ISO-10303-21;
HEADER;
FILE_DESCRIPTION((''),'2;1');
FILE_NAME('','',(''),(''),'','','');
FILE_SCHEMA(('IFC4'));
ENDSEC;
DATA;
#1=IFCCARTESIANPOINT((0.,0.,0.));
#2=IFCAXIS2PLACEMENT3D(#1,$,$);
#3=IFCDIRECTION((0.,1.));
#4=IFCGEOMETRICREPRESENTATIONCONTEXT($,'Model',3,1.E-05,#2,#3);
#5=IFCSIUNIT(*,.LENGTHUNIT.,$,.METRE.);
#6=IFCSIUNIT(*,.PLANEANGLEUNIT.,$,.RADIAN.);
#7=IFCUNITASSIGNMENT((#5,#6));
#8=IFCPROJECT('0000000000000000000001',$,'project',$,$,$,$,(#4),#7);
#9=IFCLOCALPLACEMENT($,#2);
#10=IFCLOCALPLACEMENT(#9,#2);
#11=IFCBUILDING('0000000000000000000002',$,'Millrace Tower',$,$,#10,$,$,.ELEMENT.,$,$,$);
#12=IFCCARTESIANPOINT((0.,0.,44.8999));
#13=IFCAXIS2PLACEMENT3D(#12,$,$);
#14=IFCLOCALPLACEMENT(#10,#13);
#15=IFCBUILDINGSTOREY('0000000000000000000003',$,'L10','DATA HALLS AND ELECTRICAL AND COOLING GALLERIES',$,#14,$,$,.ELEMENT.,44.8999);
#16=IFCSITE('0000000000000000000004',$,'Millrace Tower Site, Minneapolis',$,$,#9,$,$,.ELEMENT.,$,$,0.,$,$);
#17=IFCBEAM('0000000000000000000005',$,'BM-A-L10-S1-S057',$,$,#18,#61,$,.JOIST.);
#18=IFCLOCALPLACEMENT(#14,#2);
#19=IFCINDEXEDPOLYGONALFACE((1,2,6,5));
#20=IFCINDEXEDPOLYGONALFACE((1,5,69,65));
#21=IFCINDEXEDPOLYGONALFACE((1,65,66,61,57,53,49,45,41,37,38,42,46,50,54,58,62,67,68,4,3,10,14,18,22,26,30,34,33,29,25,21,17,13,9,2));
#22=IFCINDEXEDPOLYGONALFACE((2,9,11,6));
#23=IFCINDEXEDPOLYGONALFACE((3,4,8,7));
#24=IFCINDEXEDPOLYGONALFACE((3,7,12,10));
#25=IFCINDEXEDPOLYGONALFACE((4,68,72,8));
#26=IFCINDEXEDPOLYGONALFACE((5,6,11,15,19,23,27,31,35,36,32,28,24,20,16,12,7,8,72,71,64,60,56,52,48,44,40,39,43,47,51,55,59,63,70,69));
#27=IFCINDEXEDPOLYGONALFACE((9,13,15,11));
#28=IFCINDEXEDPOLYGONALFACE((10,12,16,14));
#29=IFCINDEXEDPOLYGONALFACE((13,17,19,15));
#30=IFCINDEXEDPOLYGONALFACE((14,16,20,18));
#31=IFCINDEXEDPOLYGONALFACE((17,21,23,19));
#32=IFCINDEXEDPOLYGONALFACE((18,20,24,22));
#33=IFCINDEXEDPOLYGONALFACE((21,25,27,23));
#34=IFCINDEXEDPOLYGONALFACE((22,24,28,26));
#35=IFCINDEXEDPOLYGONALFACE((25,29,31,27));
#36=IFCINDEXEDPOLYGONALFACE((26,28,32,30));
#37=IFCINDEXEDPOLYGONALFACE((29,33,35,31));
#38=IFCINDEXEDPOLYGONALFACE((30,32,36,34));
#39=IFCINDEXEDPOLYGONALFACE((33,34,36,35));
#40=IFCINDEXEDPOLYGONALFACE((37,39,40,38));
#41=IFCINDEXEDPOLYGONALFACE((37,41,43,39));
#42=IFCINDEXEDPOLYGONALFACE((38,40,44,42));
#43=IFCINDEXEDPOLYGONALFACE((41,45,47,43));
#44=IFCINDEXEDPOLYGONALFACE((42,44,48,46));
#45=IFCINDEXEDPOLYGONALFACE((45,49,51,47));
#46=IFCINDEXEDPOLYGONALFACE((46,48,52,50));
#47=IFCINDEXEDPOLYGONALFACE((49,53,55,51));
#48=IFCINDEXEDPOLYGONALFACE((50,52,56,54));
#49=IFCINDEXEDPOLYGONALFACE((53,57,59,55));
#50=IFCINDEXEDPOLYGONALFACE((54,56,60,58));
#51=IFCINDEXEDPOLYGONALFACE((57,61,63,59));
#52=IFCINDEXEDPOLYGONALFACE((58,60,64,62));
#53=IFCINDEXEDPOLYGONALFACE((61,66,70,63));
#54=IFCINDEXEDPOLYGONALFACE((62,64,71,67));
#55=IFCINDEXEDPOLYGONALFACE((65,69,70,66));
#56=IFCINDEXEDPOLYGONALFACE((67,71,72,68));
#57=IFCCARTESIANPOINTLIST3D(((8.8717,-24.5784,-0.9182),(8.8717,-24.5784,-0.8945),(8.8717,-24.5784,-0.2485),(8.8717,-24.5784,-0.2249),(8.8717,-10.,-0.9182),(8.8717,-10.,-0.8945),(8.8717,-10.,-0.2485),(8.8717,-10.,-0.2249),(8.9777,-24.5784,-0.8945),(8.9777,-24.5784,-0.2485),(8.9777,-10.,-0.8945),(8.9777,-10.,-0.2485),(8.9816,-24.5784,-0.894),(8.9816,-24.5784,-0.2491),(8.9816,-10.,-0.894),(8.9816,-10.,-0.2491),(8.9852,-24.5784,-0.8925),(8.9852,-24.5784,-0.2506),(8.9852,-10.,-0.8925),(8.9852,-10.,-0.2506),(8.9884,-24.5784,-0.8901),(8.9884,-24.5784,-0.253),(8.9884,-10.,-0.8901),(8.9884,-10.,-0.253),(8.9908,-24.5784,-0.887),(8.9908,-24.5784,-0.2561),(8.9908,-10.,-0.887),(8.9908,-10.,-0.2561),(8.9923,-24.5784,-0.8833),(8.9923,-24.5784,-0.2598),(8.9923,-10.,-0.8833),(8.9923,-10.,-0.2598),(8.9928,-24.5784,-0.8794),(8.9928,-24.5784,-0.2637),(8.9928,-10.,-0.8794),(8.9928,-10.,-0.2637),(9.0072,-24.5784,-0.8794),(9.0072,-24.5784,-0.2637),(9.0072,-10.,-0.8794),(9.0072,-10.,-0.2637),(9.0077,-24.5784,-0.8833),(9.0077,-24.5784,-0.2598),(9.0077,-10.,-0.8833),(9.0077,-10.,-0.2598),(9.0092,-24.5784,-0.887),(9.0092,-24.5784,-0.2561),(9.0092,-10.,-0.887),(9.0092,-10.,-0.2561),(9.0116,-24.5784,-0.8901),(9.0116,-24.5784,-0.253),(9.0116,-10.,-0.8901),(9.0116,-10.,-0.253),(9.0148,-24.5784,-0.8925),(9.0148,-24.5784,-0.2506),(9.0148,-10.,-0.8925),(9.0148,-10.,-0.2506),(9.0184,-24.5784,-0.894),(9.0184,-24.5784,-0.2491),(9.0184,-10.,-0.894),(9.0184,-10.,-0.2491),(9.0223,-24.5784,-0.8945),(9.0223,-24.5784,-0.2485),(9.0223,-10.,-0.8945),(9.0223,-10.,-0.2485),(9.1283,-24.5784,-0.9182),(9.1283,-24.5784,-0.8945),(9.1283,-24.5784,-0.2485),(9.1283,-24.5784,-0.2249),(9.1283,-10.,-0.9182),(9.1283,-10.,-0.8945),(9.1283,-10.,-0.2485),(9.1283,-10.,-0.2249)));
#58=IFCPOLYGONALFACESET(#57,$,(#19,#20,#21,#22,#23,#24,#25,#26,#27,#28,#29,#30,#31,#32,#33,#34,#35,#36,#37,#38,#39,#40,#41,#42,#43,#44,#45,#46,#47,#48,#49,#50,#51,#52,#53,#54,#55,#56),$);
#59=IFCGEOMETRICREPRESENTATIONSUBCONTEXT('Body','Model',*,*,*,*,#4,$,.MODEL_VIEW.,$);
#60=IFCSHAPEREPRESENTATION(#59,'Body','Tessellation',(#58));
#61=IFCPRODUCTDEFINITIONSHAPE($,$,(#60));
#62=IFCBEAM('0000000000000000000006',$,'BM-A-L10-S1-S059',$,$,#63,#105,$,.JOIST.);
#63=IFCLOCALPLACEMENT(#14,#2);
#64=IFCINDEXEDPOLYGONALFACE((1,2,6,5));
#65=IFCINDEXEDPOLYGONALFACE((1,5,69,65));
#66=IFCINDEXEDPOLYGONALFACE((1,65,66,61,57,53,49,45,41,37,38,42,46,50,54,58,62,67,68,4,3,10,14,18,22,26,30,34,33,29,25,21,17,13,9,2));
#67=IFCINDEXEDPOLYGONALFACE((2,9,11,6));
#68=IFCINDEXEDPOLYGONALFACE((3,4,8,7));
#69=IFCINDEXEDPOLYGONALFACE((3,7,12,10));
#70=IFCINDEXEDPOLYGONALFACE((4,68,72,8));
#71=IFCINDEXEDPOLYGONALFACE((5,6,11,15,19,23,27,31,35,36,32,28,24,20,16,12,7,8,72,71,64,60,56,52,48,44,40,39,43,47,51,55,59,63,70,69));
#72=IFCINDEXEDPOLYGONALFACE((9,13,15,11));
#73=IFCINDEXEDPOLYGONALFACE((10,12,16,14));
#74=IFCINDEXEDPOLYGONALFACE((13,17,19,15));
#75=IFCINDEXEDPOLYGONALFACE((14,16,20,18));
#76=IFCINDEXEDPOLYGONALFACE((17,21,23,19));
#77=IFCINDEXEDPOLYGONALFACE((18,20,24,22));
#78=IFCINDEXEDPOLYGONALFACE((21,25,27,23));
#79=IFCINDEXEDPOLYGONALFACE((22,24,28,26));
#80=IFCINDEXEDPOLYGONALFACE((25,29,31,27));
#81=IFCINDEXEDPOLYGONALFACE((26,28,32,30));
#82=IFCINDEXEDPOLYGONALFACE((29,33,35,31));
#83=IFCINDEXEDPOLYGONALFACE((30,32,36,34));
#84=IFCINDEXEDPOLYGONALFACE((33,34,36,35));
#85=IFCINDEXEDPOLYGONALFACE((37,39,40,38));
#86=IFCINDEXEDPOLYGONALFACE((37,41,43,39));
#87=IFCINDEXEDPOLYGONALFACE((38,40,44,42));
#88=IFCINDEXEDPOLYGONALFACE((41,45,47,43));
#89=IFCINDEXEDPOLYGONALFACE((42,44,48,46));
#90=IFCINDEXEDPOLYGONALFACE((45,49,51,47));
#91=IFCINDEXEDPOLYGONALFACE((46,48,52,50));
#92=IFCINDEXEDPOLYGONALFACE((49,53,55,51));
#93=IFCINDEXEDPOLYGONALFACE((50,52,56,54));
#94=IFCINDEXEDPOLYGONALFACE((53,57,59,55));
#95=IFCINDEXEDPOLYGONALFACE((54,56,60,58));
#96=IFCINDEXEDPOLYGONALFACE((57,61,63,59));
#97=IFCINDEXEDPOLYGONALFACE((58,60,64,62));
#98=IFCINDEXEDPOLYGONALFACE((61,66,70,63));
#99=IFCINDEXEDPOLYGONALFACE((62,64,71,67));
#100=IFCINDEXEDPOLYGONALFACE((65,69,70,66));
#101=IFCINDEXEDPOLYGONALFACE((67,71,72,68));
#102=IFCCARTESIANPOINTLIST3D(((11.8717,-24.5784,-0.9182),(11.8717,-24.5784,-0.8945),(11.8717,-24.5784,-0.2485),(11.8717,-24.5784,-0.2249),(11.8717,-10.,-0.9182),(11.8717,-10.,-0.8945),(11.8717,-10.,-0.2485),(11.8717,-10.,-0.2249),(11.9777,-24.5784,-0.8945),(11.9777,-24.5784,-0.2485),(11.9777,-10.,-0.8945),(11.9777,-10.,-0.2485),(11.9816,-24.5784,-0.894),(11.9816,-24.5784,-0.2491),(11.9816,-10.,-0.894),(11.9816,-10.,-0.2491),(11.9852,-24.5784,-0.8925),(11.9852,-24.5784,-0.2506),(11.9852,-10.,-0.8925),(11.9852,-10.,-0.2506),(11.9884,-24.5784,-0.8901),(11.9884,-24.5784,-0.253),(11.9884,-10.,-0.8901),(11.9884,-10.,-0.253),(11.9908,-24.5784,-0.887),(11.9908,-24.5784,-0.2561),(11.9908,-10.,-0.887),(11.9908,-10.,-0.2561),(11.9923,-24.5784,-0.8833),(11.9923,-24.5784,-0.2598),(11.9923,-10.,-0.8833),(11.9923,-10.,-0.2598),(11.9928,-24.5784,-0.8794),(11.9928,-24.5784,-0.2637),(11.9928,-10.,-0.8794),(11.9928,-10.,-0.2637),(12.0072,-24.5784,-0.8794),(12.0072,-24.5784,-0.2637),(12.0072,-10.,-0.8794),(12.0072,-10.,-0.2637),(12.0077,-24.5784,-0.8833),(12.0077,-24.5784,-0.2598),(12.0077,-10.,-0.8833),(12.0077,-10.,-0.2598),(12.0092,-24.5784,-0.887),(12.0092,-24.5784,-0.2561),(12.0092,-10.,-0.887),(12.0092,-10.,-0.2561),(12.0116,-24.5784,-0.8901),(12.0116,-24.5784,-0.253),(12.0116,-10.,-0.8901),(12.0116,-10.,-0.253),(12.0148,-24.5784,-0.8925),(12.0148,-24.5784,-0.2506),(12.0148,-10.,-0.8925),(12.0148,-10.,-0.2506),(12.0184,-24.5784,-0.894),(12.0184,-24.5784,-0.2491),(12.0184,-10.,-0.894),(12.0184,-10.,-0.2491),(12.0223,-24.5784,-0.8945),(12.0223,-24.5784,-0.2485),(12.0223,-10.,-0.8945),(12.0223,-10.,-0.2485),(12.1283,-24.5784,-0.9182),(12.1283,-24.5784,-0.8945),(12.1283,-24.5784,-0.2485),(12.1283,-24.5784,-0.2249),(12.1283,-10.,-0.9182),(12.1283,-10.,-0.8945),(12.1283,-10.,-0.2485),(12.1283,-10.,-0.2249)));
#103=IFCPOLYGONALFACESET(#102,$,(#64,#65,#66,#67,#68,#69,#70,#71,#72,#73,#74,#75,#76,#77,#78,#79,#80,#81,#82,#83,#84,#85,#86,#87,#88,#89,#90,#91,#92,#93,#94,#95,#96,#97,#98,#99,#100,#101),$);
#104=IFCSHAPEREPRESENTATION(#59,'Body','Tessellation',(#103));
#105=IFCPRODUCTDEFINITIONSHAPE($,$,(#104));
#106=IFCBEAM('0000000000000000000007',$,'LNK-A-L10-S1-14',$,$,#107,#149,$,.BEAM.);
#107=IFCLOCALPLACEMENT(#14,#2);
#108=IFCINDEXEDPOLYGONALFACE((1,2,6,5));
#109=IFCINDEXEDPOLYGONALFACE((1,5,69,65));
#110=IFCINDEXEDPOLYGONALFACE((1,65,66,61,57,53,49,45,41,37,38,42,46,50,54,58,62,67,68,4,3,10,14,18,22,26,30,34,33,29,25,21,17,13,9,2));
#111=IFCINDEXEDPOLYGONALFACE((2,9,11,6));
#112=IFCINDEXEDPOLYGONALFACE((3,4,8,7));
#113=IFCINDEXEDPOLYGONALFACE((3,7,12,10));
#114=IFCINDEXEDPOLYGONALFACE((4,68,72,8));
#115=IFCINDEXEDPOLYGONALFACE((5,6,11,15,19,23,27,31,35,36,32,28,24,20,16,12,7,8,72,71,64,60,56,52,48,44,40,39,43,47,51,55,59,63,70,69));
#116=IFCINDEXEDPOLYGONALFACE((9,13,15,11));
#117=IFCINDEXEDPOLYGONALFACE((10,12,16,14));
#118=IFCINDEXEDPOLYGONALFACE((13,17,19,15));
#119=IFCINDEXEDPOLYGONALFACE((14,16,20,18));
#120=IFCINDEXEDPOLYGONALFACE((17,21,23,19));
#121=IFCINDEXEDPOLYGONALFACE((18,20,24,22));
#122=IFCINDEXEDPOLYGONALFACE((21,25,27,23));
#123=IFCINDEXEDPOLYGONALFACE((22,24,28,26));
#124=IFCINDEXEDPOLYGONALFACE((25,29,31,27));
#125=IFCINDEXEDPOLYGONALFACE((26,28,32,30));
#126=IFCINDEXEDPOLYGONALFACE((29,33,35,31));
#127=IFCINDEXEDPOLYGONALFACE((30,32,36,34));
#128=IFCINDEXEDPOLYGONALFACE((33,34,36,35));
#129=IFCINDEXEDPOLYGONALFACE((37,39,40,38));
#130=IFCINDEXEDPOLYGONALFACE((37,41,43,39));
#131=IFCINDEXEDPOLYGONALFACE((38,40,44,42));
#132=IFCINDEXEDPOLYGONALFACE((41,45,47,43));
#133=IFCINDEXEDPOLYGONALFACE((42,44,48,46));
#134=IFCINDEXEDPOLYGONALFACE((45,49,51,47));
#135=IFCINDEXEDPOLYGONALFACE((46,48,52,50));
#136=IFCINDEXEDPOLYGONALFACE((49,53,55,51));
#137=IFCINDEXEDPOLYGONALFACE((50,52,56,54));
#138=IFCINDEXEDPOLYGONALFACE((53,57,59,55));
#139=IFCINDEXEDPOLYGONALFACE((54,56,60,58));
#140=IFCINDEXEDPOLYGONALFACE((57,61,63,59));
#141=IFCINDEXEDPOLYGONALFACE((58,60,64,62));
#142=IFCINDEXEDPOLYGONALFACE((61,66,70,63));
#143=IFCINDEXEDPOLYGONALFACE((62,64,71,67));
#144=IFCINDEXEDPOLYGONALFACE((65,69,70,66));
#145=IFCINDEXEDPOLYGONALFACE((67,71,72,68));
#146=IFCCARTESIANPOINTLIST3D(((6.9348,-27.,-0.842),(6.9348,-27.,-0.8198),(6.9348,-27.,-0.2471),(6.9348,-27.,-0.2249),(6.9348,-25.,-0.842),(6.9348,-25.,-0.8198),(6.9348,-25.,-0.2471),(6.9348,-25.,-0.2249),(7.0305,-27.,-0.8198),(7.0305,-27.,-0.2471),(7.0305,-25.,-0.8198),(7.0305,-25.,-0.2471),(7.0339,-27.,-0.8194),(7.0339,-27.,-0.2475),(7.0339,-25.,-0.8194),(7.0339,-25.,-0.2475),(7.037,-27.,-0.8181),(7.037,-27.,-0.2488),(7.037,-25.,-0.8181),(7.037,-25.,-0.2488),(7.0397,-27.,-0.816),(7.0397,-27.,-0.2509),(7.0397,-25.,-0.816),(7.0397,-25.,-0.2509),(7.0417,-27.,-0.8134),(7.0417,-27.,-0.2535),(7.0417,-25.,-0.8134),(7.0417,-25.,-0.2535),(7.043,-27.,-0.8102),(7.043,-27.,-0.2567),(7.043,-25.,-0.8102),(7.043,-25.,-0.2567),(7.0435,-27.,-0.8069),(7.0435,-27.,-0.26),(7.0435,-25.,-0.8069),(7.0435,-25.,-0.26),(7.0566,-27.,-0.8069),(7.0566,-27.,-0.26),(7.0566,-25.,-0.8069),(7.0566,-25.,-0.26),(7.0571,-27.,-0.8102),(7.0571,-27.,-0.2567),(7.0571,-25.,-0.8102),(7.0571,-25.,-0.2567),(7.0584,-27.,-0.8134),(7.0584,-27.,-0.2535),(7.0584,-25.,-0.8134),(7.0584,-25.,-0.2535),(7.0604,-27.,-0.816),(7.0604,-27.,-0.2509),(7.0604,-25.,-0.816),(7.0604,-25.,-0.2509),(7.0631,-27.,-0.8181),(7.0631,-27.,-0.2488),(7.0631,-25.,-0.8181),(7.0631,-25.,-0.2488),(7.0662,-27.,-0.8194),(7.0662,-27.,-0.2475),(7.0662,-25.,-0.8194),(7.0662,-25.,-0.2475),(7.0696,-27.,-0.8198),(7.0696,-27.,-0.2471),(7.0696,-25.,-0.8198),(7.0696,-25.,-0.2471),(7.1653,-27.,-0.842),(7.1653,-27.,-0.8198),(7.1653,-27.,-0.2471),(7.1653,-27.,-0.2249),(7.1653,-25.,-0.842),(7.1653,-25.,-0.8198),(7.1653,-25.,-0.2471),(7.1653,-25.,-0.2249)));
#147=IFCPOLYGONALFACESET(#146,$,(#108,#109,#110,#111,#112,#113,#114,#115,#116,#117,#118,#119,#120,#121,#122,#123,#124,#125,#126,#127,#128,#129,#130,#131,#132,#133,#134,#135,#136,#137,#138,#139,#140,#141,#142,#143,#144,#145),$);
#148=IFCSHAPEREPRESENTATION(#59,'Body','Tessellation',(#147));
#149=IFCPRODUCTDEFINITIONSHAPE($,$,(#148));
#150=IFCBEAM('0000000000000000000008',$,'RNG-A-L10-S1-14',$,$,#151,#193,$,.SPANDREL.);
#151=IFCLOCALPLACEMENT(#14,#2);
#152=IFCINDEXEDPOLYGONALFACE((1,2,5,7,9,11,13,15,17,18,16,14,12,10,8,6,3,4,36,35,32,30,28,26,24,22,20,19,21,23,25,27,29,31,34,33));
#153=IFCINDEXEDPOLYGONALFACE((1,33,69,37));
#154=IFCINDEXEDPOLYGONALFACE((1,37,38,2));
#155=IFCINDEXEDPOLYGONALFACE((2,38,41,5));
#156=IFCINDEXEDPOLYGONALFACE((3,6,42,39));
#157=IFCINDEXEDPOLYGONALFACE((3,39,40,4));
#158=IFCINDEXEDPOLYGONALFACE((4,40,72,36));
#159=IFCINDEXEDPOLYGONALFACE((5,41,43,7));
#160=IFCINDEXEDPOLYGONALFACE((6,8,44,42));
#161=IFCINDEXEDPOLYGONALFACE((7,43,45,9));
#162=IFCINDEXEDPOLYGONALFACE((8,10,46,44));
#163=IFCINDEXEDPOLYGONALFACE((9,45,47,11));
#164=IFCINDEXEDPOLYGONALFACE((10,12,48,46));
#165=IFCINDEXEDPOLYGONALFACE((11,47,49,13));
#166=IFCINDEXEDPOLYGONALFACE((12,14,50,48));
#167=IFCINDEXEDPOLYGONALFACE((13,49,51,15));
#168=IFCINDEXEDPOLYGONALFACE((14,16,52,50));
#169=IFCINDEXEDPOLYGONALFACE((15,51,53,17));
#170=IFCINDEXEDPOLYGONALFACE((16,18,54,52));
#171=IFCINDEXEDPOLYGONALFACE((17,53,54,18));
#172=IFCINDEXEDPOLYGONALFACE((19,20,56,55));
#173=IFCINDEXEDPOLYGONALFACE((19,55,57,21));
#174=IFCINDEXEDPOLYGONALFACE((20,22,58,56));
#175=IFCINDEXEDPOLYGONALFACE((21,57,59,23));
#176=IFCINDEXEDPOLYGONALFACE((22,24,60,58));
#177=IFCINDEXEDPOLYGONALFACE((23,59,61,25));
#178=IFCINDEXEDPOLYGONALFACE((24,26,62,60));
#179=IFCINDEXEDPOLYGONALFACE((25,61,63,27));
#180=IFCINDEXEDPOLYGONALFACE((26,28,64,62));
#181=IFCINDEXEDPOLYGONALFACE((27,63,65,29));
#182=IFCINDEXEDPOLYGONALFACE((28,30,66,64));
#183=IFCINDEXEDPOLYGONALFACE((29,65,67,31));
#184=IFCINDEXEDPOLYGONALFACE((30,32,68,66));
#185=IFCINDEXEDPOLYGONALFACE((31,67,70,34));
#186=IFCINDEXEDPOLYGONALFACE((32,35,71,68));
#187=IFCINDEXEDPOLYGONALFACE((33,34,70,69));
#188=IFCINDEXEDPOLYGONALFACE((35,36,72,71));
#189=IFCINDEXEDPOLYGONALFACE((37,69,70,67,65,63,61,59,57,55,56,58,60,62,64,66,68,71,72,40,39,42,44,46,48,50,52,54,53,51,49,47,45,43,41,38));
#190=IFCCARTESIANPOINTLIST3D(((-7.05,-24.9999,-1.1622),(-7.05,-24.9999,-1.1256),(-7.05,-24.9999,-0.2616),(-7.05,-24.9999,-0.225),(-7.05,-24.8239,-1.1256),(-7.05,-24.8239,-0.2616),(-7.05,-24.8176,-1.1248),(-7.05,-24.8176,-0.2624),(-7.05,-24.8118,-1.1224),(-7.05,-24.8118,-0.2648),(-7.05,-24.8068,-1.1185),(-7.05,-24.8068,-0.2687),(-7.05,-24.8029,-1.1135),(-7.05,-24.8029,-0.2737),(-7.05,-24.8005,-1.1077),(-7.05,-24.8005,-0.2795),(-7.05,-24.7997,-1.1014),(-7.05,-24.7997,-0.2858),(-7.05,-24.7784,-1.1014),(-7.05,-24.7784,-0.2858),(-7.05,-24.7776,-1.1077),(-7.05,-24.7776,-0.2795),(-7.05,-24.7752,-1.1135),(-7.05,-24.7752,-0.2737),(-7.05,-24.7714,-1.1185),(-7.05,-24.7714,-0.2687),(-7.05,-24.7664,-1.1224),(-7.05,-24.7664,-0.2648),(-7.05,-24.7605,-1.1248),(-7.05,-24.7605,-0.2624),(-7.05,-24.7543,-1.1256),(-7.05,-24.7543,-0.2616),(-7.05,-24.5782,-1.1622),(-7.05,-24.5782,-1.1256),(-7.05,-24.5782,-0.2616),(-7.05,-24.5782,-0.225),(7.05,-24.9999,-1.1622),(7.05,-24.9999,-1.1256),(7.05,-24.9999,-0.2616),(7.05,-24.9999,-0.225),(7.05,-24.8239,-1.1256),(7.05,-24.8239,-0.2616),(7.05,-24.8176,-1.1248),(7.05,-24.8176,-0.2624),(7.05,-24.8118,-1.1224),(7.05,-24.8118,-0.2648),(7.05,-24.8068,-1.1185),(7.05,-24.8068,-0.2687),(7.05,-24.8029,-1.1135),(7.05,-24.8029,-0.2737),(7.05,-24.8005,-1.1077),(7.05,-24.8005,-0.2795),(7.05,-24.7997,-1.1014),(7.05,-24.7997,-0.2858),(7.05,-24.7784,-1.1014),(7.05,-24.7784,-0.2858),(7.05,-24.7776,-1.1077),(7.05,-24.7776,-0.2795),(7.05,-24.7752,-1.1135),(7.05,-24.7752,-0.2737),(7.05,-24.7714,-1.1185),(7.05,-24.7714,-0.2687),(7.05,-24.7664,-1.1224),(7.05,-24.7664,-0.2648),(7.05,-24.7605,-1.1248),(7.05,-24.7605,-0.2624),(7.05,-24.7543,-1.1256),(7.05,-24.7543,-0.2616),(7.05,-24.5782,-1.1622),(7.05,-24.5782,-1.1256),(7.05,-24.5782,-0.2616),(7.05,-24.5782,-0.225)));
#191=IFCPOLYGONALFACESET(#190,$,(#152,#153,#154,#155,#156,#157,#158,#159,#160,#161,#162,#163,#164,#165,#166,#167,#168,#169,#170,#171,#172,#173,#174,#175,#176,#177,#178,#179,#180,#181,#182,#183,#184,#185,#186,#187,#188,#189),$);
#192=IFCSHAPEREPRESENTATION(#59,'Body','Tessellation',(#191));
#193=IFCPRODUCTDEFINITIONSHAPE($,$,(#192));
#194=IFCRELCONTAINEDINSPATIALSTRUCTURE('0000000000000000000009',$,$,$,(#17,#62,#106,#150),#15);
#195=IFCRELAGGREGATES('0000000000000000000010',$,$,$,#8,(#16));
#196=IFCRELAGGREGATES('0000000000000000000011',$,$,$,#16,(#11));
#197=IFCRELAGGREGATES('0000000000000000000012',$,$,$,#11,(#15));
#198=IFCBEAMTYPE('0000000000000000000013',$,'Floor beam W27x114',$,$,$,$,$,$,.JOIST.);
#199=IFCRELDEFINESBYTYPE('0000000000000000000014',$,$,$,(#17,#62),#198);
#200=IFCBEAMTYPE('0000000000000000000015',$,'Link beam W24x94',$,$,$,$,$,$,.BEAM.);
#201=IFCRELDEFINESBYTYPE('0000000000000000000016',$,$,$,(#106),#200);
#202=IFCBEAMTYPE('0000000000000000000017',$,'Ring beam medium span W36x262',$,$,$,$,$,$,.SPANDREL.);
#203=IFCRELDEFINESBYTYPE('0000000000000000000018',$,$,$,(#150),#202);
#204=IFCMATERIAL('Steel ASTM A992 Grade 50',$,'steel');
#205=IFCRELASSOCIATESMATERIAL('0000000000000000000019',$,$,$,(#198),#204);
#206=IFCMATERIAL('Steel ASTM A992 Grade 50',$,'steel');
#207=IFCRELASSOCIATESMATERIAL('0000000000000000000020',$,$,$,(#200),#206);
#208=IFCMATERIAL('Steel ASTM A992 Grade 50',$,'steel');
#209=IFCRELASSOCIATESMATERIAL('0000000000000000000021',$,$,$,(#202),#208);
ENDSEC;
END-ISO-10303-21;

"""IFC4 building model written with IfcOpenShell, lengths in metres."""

from ifc_helpers import new_model, si_unit, direction, frame, origin, origin_2d, place, context, subcontext, project, spatial, i_section, extrude, material, material_profile, profile_set, type_object, element, save


model = new_model("IFC4")

# Units and contexts
model_context = context("Model", 3, precision=1e-05, world=origin(), true_north=direction((0.0, 1.0)))
body_context = subcontext(model_context, "Body", "Model", "MODEL_VIEW")
ifc_project = project(units=[si_unit("LENGTHUNIT", "METRE"), si_unit("PLANEANGLEUNIT", "RADIAN")], contexts=[model_context])

# Site, building, storey
site_placement = place(None, origin())
site = spatial("IfcSite", under=ifc_project, at=site_placement, Name="Millrace Tower Site, Minneapolis", CompositionType="ELEMENT", RefElevation=0.0)
building_placement = place(site_placement, origin())
building = spatial("IfcBuilding", under=site, at=building_placement, Name="Millrace Tower", CompositionType="ELEMENT")
storey_placement = place(building_placement, frame((0.0, 0.0, 44.8999)))
storey = spatial("IfcBuildingStorey", under=building, at=storey_placement, Name="L10", Description="DATA HALLS AND ELECTRICAL AND COOLING GALLERIES", CompositionType="ELEMENT", Elevation=44.8999)

# Beams
ifc_material_1 = material(Name="Steel ASTM A992 Grade 50", Category="steel")
ifc_material_profile_1 = material_profile(ifc_material_1, i_section(OverallWidth=0.2566, OverallDepth=0.6934, WebThickness=0.0144, FlangeThickness=0.0237, FilletRadius=0.0151, at=origin_2d()))
ifc_profile_set_1 = profile_set([ifc_material_profile_1], Name="Steel ASTM A992 Grade 50")
beam_type_1 = type_object("IfcBeamType", Name="Floor beam W27x114", PredefinedType="JOIST", material=ifc_profile_set_1)
for number, where, z_axis, x_axis, name in (
    (1, (9.0, -24.5784, -0.5715), (0.0, 1.0, 0.0), (-1.0, 0.0, 0.0), "BM-A-L10-S1-S057"),
    (2, (12.0, -24.5784, -0.5715), (0.0, 1.0, 0.0), (-1.0, 0.0, 0.0), "BM-A-L10-S1-S059"),
):
    element("IfcBeam", number, at=place(storey_placement, frame(where, z_axis=z_axis, x_axis=x_axis)), inside=storey, type_object=beam_type_1, Name=name, PredefinedType="JOIST", context=body_context, shape_type="SweptSolid", body=[
        extrude(i_section(OverallWidth=0.2566, OverallDepth=0.6934, WebThickness=0.0144, FlangeThickness=0.0237, FilletRadius=0.0151, at=origin_2d()), origin(), (0.0, 0.0, 1.0), 14.5784),
    ])
ifc_material_2 = material(Name="Steel ASTM A992 Grade 50", Category="steel")
ifc_material_profile_2 = material_profile(ifc_material_2, i_section(OverallWidth=0.2305, OverallDepth=0.6172, WebThickness=0.0132, FlangeThickness=0.0222, FilletRadius=0.0129, at=origin_2d()))
ifc_profile_set_2 = profile_set([ifc_material_profile_2], Name="Steel ASTM A992 Grade 50")
beam_type_2 = type_object("IfcBeamType", Name="Link beam W24x94", PredefinedType="BEAM", material=ifc_profile_set_2)
beam_1_placement = place(storey_placement, frame((7.05, -25.0, -0.5334), z_axis=(0.0, -1.0, 0.0), x_axis=(1.0, 0.0, 0.0)))
element("IfcBeam", 3, at=beam_1_placement, inside=storey, type_object=beam_type_2, Name="LNK-A-L10-S1-14", PredefinedType="BEAM", context=body_context, shape_type="SweptSolid", body=[
    extrude(i_section(OverallWidth=0.2305, OverallDepth=0.6172, WebThickness=0.0132, FlangeThickness=0.0222, FilletRadius=0.0129, at=origin_2d()), origin(), (0.0, 0.0, 1.0), 2.0),
])
ifc_material_3 = material(Name="Steel ASTM A992 Grade 50", Category="steel")
ifc_material_profile_3 = material_profile(ifc_material_3, i_section(OverallWidth=0.4216, OverallDepth=0.9373, WebThickness=0.0212, FlangeThickness=0.0366, FilletRadius=0.0242, at=origin_2d()))
ifc_profile_set_3 = profile_set([ifc_material_profile_3], Name="Steel ASTM A992 Grade 50")
beam_type_3 = type_object("IfcBeamType", Name="Ring beam medium span W36x262", PredefinedType="SPANDREL", material=ifc_profile_set_3)
beam_2_placement = place(storey_placement, frame((7.05, -24.7891, -0.6936), z_axis=(-1.0, 0.0, 0.0), x_axis=(0.0, -1.0, 0.0)))
element("IfcBeam", 4, at=beam_2_placement, inside=storey, type_object=beam_type_3, Name="RNG-A-L10-S1-14", PredefinedType="SPANDREL", context=body_context, shape_type="SweptSolid", body=[
    extrude(i_section(OverallWidth=0.4216, OverallDepth=0.9373, WebThickness=0.0212, FlangeThickness=0.0366, FilletRadius=0.0242, at=origin_2d()), origin(), (0.0, 0.0, 1.0), 14.1001),
])

save(model, "model.ifc")
